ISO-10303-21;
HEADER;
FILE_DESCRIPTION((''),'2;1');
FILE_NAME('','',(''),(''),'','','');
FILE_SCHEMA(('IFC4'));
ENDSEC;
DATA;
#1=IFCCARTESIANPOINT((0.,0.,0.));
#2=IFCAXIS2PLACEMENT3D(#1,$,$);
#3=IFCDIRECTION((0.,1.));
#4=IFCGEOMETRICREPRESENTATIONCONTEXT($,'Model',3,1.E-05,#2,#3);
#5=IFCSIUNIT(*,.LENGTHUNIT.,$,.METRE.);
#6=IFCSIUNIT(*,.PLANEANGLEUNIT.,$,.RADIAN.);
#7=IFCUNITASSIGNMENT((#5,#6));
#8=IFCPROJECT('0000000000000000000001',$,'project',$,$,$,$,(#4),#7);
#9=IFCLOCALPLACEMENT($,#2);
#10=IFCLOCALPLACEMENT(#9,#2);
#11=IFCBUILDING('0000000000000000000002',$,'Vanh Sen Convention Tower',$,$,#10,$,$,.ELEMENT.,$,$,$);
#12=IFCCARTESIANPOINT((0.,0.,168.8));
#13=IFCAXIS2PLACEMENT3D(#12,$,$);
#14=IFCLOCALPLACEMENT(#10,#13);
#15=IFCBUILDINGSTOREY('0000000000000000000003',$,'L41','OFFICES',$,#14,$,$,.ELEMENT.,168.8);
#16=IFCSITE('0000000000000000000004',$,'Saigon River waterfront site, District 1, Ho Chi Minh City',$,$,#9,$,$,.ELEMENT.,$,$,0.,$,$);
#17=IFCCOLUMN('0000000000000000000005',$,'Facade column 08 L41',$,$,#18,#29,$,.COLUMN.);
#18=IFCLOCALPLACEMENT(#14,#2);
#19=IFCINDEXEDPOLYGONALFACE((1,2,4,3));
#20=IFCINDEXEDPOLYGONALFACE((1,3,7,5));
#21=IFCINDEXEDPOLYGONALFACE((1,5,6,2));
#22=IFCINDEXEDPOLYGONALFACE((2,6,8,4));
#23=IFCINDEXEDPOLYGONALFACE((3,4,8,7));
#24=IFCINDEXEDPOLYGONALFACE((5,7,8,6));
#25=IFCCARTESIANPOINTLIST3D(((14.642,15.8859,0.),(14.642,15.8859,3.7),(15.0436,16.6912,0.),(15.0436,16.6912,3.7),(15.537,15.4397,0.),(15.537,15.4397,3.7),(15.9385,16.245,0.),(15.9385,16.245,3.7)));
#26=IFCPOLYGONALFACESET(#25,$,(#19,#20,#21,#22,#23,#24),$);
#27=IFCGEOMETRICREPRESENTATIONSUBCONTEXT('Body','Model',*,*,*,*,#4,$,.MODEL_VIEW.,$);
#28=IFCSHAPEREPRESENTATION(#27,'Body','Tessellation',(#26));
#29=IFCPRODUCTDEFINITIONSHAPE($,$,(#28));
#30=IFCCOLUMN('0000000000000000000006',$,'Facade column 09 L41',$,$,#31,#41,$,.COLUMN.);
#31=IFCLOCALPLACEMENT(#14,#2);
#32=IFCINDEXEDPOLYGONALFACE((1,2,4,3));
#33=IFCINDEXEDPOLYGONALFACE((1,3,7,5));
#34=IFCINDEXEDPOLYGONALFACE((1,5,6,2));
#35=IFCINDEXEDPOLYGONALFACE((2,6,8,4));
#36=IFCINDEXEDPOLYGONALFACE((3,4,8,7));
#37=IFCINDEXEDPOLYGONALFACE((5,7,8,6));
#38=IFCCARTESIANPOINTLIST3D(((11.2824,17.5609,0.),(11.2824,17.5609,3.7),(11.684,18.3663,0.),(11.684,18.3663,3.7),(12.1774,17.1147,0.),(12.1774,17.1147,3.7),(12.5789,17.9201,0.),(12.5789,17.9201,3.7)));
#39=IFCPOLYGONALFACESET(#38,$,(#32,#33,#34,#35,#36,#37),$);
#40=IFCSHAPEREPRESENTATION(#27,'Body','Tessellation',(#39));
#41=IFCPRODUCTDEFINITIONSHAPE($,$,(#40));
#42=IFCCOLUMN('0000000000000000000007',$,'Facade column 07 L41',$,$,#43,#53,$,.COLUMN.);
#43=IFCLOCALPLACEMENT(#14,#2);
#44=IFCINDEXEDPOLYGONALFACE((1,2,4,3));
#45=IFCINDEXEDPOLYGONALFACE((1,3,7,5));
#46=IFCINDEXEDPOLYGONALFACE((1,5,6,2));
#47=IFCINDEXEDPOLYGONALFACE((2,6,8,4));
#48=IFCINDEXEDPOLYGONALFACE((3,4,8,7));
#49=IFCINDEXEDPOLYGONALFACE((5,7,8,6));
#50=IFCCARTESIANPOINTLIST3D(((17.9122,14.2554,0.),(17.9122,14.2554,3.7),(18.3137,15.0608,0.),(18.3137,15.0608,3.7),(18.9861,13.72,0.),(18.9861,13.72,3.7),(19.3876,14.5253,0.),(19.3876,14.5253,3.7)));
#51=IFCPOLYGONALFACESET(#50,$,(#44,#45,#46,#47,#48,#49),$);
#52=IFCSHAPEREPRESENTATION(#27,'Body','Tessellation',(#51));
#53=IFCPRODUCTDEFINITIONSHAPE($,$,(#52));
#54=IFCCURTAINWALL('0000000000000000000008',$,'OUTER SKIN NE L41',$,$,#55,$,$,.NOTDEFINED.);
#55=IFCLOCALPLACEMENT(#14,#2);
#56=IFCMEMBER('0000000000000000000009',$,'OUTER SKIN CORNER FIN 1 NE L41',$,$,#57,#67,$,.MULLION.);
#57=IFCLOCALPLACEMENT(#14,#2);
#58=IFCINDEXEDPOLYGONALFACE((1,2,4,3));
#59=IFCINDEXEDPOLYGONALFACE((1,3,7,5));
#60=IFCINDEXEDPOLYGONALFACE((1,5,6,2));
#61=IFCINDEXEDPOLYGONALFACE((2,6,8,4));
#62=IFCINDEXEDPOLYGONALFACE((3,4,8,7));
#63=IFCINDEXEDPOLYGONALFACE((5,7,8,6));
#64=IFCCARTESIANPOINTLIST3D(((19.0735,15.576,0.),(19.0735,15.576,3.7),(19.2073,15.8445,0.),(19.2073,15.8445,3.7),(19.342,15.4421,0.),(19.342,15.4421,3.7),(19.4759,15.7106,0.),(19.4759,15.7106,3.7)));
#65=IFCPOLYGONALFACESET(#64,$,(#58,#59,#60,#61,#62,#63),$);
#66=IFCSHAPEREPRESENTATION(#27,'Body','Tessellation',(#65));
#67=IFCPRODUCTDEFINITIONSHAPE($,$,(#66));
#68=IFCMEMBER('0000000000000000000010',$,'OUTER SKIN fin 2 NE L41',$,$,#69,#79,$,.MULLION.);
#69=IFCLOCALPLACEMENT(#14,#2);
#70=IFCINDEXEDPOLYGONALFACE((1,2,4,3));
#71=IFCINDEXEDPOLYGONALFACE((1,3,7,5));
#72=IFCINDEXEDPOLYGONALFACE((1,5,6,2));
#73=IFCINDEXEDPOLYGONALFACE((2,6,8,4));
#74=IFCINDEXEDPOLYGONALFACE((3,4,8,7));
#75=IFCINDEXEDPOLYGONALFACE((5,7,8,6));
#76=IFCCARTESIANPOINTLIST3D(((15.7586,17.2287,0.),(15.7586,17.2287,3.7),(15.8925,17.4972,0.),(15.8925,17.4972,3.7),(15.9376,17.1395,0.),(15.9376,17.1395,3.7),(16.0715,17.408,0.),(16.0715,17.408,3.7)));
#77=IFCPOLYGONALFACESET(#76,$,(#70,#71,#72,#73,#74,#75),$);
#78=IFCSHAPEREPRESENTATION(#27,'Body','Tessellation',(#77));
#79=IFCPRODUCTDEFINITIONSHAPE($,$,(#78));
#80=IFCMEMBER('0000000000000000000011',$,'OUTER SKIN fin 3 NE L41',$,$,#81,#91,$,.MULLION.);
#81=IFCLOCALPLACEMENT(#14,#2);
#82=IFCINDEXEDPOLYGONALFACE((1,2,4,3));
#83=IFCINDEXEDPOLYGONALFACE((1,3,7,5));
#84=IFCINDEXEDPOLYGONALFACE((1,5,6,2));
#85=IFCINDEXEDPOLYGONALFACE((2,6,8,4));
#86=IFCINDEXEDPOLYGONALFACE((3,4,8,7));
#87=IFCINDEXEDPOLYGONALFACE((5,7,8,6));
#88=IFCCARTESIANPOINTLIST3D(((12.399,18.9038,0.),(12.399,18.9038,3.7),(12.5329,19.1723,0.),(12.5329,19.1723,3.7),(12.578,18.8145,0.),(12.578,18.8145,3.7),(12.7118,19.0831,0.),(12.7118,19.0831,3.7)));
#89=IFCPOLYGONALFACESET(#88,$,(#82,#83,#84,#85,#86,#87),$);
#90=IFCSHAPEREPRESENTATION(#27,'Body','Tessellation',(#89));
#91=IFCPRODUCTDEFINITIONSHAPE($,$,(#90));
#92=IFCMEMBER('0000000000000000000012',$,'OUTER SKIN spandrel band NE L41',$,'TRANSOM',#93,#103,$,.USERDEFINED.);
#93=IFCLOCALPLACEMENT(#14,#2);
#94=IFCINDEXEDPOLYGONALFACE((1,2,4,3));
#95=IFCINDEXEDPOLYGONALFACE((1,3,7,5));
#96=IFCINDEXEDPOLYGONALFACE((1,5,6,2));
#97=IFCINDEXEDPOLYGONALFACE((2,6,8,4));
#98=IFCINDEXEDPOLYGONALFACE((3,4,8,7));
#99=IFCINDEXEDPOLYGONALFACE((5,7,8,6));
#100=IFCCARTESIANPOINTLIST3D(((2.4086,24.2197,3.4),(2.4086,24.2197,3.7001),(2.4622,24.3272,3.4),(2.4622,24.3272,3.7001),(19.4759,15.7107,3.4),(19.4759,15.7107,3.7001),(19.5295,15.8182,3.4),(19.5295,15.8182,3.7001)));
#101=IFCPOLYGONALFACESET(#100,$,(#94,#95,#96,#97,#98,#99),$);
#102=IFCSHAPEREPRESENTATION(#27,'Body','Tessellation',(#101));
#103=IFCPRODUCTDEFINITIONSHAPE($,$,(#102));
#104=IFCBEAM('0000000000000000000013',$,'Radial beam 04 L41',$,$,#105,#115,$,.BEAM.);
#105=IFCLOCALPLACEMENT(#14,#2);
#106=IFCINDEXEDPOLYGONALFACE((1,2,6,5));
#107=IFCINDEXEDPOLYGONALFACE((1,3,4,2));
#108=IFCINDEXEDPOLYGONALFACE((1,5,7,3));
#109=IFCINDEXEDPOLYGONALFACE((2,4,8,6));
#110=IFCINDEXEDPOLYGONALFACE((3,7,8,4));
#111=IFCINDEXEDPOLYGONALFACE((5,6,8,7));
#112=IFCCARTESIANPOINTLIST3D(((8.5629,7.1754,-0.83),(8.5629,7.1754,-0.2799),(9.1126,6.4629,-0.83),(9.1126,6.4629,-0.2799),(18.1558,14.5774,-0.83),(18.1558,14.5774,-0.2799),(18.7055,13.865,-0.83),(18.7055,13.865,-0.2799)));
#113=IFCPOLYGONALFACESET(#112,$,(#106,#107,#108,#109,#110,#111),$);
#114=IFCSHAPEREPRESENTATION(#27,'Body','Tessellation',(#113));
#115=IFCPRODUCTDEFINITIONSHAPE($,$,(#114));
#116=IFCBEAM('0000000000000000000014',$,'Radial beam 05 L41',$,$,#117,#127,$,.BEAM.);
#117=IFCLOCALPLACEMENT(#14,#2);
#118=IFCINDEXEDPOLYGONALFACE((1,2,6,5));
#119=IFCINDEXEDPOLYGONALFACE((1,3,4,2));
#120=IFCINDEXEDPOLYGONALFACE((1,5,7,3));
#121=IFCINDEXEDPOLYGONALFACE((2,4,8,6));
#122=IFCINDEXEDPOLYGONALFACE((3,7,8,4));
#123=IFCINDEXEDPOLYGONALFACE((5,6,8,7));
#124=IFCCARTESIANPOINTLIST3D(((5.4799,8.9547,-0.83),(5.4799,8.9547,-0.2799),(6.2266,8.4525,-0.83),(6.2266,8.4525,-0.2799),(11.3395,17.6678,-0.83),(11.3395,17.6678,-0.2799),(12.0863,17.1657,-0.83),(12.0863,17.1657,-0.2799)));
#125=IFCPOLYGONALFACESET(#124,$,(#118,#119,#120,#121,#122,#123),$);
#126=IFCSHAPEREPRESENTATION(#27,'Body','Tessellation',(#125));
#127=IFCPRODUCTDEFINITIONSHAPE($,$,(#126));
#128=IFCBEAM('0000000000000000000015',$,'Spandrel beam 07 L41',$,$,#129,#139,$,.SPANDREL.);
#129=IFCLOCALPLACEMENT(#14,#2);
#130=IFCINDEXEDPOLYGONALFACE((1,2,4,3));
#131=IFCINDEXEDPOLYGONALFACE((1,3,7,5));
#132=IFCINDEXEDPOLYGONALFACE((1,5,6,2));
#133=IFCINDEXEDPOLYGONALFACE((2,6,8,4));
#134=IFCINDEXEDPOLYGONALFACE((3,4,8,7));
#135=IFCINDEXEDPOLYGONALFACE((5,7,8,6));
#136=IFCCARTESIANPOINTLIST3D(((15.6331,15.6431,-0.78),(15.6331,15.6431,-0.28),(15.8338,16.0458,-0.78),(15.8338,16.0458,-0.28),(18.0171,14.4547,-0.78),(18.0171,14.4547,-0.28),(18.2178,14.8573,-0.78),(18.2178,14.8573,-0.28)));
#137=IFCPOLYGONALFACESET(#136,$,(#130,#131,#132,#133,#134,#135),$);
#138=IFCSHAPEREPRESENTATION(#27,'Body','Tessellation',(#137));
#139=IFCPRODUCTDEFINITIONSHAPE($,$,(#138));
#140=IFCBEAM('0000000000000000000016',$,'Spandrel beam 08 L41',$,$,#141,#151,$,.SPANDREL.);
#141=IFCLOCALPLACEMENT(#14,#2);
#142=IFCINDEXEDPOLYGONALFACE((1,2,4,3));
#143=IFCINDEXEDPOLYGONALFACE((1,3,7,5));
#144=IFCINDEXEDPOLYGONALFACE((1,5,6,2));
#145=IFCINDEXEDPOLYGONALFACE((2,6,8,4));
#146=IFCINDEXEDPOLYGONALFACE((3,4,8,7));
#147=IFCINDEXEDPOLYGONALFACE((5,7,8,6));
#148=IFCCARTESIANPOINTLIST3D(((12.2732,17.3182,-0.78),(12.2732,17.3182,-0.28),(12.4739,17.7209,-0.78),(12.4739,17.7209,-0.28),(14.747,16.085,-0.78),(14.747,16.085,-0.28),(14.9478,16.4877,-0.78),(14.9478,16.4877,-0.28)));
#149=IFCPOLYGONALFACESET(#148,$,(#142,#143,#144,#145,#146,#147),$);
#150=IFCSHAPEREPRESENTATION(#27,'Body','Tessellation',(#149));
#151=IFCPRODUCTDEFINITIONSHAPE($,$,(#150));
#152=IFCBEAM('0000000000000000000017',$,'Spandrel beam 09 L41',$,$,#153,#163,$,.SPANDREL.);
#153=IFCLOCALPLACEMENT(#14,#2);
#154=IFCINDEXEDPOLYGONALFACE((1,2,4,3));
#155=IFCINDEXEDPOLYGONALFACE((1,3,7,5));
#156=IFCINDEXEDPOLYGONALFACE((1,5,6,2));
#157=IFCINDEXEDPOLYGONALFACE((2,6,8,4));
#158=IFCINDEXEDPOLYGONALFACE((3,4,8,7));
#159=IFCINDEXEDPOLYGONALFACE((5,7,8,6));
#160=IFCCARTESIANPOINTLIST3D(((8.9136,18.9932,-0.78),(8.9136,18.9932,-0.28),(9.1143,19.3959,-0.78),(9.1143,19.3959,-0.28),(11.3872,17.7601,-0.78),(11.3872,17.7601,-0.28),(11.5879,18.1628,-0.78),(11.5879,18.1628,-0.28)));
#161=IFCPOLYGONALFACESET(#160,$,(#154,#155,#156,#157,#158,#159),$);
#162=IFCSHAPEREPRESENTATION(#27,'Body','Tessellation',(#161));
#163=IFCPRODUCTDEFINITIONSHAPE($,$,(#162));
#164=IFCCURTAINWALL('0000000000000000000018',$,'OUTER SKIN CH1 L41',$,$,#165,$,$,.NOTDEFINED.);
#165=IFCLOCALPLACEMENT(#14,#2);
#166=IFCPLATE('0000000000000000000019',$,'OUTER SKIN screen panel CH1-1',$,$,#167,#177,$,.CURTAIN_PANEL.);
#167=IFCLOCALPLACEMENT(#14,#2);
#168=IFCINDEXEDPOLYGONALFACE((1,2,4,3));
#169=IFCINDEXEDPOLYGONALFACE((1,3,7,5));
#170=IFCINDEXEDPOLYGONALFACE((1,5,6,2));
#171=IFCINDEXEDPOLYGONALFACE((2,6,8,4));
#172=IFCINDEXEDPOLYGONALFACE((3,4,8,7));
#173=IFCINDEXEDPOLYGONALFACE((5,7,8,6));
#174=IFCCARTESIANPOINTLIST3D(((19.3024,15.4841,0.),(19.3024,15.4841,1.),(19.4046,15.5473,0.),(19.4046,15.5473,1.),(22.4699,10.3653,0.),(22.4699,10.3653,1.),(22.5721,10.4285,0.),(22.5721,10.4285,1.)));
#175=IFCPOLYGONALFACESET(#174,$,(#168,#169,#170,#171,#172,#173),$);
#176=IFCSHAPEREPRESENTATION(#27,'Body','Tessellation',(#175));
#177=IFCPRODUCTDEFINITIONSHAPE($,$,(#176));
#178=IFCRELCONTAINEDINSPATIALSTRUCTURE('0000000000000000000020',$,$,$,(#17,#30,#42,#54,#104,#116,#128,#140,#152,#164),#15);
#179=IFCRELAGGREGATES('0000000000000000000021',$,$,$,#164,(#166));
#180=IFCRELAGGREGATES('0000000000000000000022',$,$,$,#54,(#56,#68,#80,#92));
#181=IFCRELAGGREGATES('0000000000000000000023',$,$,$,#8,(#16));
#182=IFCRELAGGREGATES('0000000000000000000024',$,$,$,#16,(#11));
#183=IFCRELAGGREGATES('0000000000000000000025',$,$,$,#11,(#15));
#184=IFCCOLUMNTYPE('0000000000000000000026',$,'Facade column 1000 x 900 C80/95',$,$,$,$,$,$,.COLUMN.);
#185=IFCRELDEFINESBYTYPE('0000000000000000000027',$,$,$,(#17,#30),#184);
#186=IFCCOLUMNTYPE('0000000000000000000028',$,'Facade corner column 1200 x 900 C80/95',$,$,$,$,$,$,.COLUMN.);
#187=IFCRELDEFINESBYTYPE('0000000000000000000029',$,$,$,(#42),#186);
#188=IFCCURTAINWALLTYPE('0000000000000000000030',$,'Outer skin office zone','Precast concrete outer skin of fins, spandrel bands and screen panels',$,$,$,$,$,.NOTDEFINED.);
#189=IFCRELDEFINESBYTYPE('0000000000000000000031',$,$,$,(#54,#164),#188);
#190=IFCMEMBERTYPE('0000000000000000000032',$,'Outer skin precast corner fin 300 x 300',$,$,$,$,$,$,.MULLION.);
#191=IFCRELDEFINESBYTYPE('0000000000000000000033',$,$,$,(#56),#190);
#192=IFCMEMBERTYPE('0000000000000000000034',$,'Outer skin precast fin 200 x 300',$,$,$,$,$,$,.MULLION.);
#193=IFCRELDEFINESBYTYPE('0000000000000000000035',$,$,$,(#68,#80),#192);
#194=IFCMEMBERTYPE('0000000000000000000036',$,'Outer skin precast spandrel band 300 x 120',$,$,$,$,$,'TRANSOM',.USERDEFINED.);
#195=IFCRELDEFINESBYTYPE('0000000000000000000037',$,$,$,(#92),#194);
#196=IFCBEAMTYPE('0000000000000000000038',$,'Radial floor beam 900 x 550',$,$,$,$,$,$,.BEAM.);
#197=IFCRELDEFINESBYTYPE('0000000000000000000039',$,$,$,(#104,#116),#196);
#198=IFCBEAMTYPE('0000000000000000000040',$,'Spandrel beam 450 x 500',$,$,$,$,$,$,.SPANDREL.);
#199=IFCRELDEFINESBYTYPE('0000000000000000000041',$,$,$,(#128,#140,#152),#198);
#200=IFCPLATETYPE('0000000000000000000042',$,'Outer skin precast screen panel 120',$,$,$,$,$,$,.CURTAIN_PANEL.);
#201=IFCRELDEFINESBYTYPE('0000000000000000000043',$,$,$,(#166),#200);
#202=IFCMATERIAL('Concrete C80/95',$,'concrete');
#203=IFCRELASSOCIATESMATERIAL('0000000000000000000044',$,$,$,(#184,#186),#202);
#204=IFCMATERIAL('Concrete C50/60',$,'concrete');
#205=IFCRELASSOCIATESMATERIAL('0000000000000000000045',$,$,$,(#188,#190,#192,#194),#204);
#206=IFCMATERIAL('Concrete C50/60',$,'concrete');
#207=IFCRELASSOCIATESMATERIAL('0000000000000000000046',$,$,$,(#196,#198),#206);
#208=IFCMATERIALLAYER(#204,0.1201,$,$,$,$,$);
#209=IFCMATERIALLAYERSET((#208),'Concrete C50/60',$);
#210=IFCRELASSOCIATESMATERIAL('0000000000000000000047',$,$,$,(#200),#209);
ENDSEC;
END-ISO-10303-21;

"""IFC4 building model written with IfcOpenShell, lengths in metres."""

from ifc_helpers import new_model, si_unit, direction, frame, origin, origin_2d, place, context, subcontext, project, spatial, rectangle, extrude, material, layer, layer_set, material_profile, profile_set, type_object, element, aggregate, save


model = new_model("IFC4")

# Units and contexts
model_context = context("Model", 3, precision=1e-05, world=origin(), true_north=direction((0.0, 1.0)))
body_context = subcontext(model_context, "Body", "Model", "MODEL_VIEW")
ifc_project = project(units=[si_unit("LENGTHUNIT", "METRE"), si_unit("PLANEANGLEUNIT", "RADIAN")], contexts=[model_context])

# Site, building, storey
site_placement = place(None, origin())
site = spatial("IfcSite", under=ifc_project, at=site_placement, Name="Saigon River waterfront site, District 1, Ho Chi Minh City", CompositionType="ELEMENT", RefElevation=0.0)
building_placement = place(site_placement, origin())
building = spatial("IfcBuilding", under=site, at=building_placement, Name="Vanh Sen Convention Tower", CompositionType="ELEMENT")
storey_placement = place(building_placement, frame((0.0, 0.0, 168.8)))
storey = spatial("IfcBuildingStorey", under=building, at=storey_placement, Name="L41", Description="OFFICES", CompositionType="ELEMENT", Elevation=168.8)

# Columns
ifc_material_1 = material(Name="Concrete C80/95", Category="concrete")
ifc_material_profile_1 = material_profile(ifc_material_1, rectangle(XDim=1.0, YDim=0.8999, at=origin_2d()), Name="RC 1000X900")
ifc_profile_set_1 = profile_set([ifc_material_profile_1], Name="Concrete C80/95")
column_type_1 = type_object("IfcColumnType", Name="Facade column 1000 x 900 C80/95", PredefinedType="COLUMN", material=ifc_profile_set_1)
for number, where, z_axis, x_axis, name in (
    (1, (15.2903, 16.0654, 0.0), (0.0, 0.0, 1.0), (-0.894934, 0.446198, 0.0), "Facade column 08 L41"),
    (2, (11.9307, 17.7405, 0.0), (0.0, 0.0, 1.0), (-0.894934, 0.446198, 0.0), "Facade column 09 L41"),
):
    element("IfcColumn", number, at=place(storey_placement, frame(where, z_axis=z_axis, x_axis=x_axis)), inside=storey, type_object=column_type_1, Name=name, PredefinedType="COLUMN", context=body_context, shape_type="SweptSolid", body=[
        extrude(rectangle(XDim=1.0, YDim=0.8999, at=origin_2d()), origin(), (0.0, 0.0, 1.0), 3.7),
    ])
ifc_material_profile_2 = material_profile(ifc_material_1, rectangle(XDim=1.2, YDim=0.8999, at=origin_2d()), Name="RC 1200X900")
ifc_profile_set_2 = profile_set([ifc_material_profile_2], Name="Concrete C80/95")
column_type_2 = type_object("IfcColumnType", Name="Facade corner column 1200 x 900 C80/95", PredefinedType="COLUMN", material=ifc_profile_set_2)
column_placement = place(storey_placement, frame((18.6499, 14.3904, 0.0), z_axis=(0.0, 0.0, 1.0), x_axis=(-0.894934, 0.446198, 0.0)))
element("IfcColumn", 3, at=column_placement, inside=storey, type_object=column_type_2, Name="Facade column 07 L41", PredefinedType="COLUMN", context=body_context, shape_type="SweptSolid", body=[
    extrude(rectangle(XDim=1.2, YDim=0.8999, at=origin_2d()), origin(), (0.0, 0.0, 1.0), 3.7),
])

# Curtain wall, members
ifc_material_2 = material(Name="Concrete C50/60", Category="concrete")
curtain_wall_type = type_object("IfcCurtainWallType", Name="Outer skin office zone", Description="Precast concrete outer skin of fins, spandrel bands and screen panels", PredefinedType="NOTDEFINED", material=ifc_material_2)
curtain_wall_1_placement = place(storey_placement, origin())
curtain_wall_1 = element("IfcCurtainWall", 4, at=curtain_wall_1_placement, inside=storey, type_object=curtain_wall_type, Name="OUTER SKIN NE L41", PredefinedType="NOTDEFINED")
ifc_material_profile_3 = material_profile(ifc_material_2, rectangle(XDim=0.3, YDim=0.3, at=origin_2d()), Name="Outer skin precast corner fin 300 x 300")
ifc_profile_set_3 = profile_set([ifc_material_profile_3], Name="Concrete C50/60")
member_type_1 = type_object("IfcMemberType", Name="Outer skin precast corner fin 300 x 300", PredefinedType="MULLION", material=ifc_profile_set_3)
member_1_placement = place(storey_placement, frame((19.2747, 15.6433, 0.0), z_axis=(0.0, 0.0, 1.0), x_axis=(-0.894934, 0.446198, 0.0)))
member_1 = element("IfcMember", 5, at=member_1_placement, type_object=member_type_1, Name="OUTER SKIN CORNER FIN 1 NE L41", PredefinedType="MULLION", context=body_context, shape_type="SweptSolid", body=[
    extrude(rectangle(XDim=0.3, YDim=0.3, at=origin_2d()), origin(), (0.0, 0.0, 1.0), 3.7),
])
ifc_material_profile_4 = material_profile(ifc_material_2, rectangle(XDim=0.2, YDim=0.3, at=origin_2d()), Name="Outer skin precast fin 200 x 300")
ifc_profile_set_4 = profile_set([ifc_material_profile_4], Name="Concrete C50/60")
member_type_2 = type_object("IfcMemberType", Name="Outer skin precast fin 200 x 300", PredefinedType="MULLION", material=ifc_profile_set_4)
member_2_placement = place(storey_placement, frame((15.915, 17.3184, 0.0), z_axis=(0.0, 0.0, 1.0), x_axis=(-0.894934, 0.446198, 0.0)))
member_2 = element("IfcMember", 6, at=member_2_placement, type_object=member_type_2, Name="OUTER SKIN fin 2 NE L41", PredefinedType="MULLION", context=body_context, shape_type="SweptSolid", body=[
    extrude(rectangle(XDim=0.2, YDim=0.3, at=origin_2d()), origin(), (0.0, 0.0, 1.0), 3.7),
])
member_3_placement = place(storey_placement, frame((12.5554, 18.9934, 0.0), z_axis=(0.0, 0.0, 1.0), x_axis=(-0.894934, 0.446198, 0.0)))
member_3 = element("IfcMember", 7, at=member_3_placement, type_object=member_type_2, Name="OUTER SKIN fin 3 NE L41", PredefinedType="MULLION", context=body_context, shape_type="SweptSolid", body=[
    extrude(rectangle(XDim=0.2, YDim=0.3, at=origin_2d()), origin(), (0.0, 0.0, 1.0), 3.7),
])
ifc_material_profile_5 = material_profile(ifc_material_2, rectangle(XDim=0.1201, YDim=0.3, at=origin_2d()), Name="Outer skin precast spandrel band 300 x 120")
ifc_profile_set_5 = profile_set([ifc_material_profile_5], Name="Concrete C50/60")
member_type_3 = type_object("IfcMemberType", Name="Outer skin precast spandrel band 300 x 120", ElementType="TRANSOM", PredefinedType="USERDEFINED", material=ifc_profile_set_5)
member_4_placement = place(storey_placement, frame((19.5027, 15.7644, 3.55), z_axis=(-0.894941, 0.446184, 0.0), x_axis=(-0.446184, -0.894941, 0.0)))
member_4 = element("IfcMember", 8, at=member_4_placement, type_object=member_type_3, Name="OUTER SKIN spandrel band NE L41", ObjectType="TRANSOM", PredefinedType="USERDEFINED", context=body_context, shape_type="SweptSolid", body=[
    extrude(rectangle(XDim=0.1201, YDim=0.3, at=origin_2d()), origin(), (0.0, 0.0, 1.0), 19.0708),
])

# Beams
ifc_material_3 = material(Name="Concrete C50/60", Category="concrete")
ifc_material_profile_6 = material_profile(ifc_material_3, rectangle(XDim=0.8999, YDim=0.55, at=origin_2d()), Name="RC 900X550")
ifc_profile_set_6 = profile_set([ifc_material_profile_6], Name="Concrete C50/60")
beam_type_1 = type_object("IfcBeamType", Name="Radial floor beam 900 x 550", PredefinedType="BEAM", material=ifc_profile_set_6)
beam_1_placement = place(storey_placement, frame((18.4307, 14.2212, -0.5549), z_axis=(-0.791712, -0.610895, 0.0), x_axis=(0.610895, -0.791712, 0.0)))
element("IfcBeam", 9, at=beam_1_placement, inside=storey, type_object=beam_type_1, Name="Radial beam 04 L41", PredefinedType="BEAM", context=body_context, shape_type="SweptSolid", body=[
    extrude(rectangle(XDim=0.8999, YDim=0.55, at=origin_2d()), origin(), (0.0, 0.0, 1.0), 12.1167),
])
beam_2_placement = place(storey_placement, frame((11.7129, 17.4167, -0.5549), z_axis=(-0.558049, -0.829808, 0.0), x_axis=(0.829808, -0.558049, 0.0)))
element("IfcBeam", 10, at=beam_2_placement, inside=storey, type_object=beam_type_1, Name="Radial beam 05 L41", PredefinedType="BEAM", context=body_context, shape_type="SweptSolid", body=[
    extrude(rectangle(XDim=0.8999, YDim=0.55, at=origin_2d()), origin(), (0.0, 0.0, 1.0), 10.5002),
])
ifc_material_profile_7 = material_profile(ifc_material_3, rectangle(XDim=0.45, YDim=0.5, at=origin_2d()), Name="RC 450X500")
ifc_profile_set_7 = profile_set([ifc_material_profile_7], Name="Concrete C50/60")
beam_type_2 = type_object("IfcBeamType", Name="Spandrel beam 450 x 500", PredefinedType="SPANDREL", material=ifc_profile_set_7)
beam_3_placement = place(storey_placement, frame((18.1174, 14.656, -0.53), z_axis=(-0.894958, 0.44615, 0.0), x_axis=(-0.44615, -0.894958, 0.0)))
element("IfcBeam", 11, at=beam_3_placement, inside=storey, type_object=beam_type_2, Name="Spandrel beam 07 L41", PredefinedType="SPANDREL", context=body_context, shape_type="SweptSolid", body=[
    extrude(rectangle(XDim=0.45, YDim=0.5, at=origin_2d()), origin(), (0.0, 0.0, 1.0), 2.6638),
])
beam_4_placement = place(storey_placement, frame((14.8474, 16.2864, -0.53), z_axis=(-0.894974, 0.446118, 0.0), x_axis=(-0.446118, -0.894974, 0.0)))
element("IfcBeam", 12, at=beam_4_placement, inside=storey, type_object=beam_type_2, Name="Spandrel beam 08 L41", PredefinedType="SPANDREL", context=body_context, shape_type="SweptSolid", body=[
    extrude(rectangle(XDim=0.45, YDim=0.5, at=origin_2d()), origin(), (0.0, 0.0, 1.0), 2.7642),
])
beam_5_placement = place(storey_placement, frame((11.4875, 17.9614, -0.53), z_axis=(-0.894957, 0.446153, 0.0), x_axis=(-0.446153, -0.894957, 0.0)))
element("IfcBeam", 13, at=beam_5_placement, inside=storey, type_object=beam_type_2, Name="Spandrel beam 09 L41", PredefinedType="SPANDREL", context=body_context, shape_type="SweptSolid", body=[
    extrude(rectangle(XDim=0.45, YDim=0.5, at=origin_2d()), origin(), (0.0, 0.0, 1.0), 2.7639),
])

# Curtain wall, plate
curtain_wall_2_placement = place(storey_placement, origin())
curtain_wall_2 = element("IfcCurtainWall", 14, at=curtain_wall_2_placement, inside=storey, type_object=curtain_wall_type, Name="OUTER SKIN CH1 L41", PredefinedType="NOTDEFINED")
ifc_layer_1 = layer(ifc_material_2, 0.1201)
ifc_layer_set_1 = layer_set([ifc_layer_1], Name="Concrete C50/60")
plate_type = type_object("IfcPlateType", Name="Outer skin precast screen panel 120", PredefinedType="CURTAIN_PANEL", material=ifc_layer_set_1)
plate_1_placement = place(storey_placement, frame((20.9373, 12.9563, 0.0), z_axis=(0.0, 0.0, 1.0), x_axis=(-0.526204, 0.850359, 0.0)))
plate_1 = element("IfcPlate", 15, at=plate_1_placement, type_object=plate_type, Name="OUTER SKIN screen panel CH1-1", PredefinedType="CURTAIN_PANEL", context=body_context, shape_type="SweptSolid", body=[
    extrude(rectangle(XDim=6.0195, YDim=0.1201, at=origin_2d()), origin(), (0.0, 0.0, 1.0), 1.0),
])
aggregate(curtain_wall_2, [plate_1])

aggregate(curtain_wall_1, [member_1, member_2, member_3, member_4])

save(model, "model.ifc")
